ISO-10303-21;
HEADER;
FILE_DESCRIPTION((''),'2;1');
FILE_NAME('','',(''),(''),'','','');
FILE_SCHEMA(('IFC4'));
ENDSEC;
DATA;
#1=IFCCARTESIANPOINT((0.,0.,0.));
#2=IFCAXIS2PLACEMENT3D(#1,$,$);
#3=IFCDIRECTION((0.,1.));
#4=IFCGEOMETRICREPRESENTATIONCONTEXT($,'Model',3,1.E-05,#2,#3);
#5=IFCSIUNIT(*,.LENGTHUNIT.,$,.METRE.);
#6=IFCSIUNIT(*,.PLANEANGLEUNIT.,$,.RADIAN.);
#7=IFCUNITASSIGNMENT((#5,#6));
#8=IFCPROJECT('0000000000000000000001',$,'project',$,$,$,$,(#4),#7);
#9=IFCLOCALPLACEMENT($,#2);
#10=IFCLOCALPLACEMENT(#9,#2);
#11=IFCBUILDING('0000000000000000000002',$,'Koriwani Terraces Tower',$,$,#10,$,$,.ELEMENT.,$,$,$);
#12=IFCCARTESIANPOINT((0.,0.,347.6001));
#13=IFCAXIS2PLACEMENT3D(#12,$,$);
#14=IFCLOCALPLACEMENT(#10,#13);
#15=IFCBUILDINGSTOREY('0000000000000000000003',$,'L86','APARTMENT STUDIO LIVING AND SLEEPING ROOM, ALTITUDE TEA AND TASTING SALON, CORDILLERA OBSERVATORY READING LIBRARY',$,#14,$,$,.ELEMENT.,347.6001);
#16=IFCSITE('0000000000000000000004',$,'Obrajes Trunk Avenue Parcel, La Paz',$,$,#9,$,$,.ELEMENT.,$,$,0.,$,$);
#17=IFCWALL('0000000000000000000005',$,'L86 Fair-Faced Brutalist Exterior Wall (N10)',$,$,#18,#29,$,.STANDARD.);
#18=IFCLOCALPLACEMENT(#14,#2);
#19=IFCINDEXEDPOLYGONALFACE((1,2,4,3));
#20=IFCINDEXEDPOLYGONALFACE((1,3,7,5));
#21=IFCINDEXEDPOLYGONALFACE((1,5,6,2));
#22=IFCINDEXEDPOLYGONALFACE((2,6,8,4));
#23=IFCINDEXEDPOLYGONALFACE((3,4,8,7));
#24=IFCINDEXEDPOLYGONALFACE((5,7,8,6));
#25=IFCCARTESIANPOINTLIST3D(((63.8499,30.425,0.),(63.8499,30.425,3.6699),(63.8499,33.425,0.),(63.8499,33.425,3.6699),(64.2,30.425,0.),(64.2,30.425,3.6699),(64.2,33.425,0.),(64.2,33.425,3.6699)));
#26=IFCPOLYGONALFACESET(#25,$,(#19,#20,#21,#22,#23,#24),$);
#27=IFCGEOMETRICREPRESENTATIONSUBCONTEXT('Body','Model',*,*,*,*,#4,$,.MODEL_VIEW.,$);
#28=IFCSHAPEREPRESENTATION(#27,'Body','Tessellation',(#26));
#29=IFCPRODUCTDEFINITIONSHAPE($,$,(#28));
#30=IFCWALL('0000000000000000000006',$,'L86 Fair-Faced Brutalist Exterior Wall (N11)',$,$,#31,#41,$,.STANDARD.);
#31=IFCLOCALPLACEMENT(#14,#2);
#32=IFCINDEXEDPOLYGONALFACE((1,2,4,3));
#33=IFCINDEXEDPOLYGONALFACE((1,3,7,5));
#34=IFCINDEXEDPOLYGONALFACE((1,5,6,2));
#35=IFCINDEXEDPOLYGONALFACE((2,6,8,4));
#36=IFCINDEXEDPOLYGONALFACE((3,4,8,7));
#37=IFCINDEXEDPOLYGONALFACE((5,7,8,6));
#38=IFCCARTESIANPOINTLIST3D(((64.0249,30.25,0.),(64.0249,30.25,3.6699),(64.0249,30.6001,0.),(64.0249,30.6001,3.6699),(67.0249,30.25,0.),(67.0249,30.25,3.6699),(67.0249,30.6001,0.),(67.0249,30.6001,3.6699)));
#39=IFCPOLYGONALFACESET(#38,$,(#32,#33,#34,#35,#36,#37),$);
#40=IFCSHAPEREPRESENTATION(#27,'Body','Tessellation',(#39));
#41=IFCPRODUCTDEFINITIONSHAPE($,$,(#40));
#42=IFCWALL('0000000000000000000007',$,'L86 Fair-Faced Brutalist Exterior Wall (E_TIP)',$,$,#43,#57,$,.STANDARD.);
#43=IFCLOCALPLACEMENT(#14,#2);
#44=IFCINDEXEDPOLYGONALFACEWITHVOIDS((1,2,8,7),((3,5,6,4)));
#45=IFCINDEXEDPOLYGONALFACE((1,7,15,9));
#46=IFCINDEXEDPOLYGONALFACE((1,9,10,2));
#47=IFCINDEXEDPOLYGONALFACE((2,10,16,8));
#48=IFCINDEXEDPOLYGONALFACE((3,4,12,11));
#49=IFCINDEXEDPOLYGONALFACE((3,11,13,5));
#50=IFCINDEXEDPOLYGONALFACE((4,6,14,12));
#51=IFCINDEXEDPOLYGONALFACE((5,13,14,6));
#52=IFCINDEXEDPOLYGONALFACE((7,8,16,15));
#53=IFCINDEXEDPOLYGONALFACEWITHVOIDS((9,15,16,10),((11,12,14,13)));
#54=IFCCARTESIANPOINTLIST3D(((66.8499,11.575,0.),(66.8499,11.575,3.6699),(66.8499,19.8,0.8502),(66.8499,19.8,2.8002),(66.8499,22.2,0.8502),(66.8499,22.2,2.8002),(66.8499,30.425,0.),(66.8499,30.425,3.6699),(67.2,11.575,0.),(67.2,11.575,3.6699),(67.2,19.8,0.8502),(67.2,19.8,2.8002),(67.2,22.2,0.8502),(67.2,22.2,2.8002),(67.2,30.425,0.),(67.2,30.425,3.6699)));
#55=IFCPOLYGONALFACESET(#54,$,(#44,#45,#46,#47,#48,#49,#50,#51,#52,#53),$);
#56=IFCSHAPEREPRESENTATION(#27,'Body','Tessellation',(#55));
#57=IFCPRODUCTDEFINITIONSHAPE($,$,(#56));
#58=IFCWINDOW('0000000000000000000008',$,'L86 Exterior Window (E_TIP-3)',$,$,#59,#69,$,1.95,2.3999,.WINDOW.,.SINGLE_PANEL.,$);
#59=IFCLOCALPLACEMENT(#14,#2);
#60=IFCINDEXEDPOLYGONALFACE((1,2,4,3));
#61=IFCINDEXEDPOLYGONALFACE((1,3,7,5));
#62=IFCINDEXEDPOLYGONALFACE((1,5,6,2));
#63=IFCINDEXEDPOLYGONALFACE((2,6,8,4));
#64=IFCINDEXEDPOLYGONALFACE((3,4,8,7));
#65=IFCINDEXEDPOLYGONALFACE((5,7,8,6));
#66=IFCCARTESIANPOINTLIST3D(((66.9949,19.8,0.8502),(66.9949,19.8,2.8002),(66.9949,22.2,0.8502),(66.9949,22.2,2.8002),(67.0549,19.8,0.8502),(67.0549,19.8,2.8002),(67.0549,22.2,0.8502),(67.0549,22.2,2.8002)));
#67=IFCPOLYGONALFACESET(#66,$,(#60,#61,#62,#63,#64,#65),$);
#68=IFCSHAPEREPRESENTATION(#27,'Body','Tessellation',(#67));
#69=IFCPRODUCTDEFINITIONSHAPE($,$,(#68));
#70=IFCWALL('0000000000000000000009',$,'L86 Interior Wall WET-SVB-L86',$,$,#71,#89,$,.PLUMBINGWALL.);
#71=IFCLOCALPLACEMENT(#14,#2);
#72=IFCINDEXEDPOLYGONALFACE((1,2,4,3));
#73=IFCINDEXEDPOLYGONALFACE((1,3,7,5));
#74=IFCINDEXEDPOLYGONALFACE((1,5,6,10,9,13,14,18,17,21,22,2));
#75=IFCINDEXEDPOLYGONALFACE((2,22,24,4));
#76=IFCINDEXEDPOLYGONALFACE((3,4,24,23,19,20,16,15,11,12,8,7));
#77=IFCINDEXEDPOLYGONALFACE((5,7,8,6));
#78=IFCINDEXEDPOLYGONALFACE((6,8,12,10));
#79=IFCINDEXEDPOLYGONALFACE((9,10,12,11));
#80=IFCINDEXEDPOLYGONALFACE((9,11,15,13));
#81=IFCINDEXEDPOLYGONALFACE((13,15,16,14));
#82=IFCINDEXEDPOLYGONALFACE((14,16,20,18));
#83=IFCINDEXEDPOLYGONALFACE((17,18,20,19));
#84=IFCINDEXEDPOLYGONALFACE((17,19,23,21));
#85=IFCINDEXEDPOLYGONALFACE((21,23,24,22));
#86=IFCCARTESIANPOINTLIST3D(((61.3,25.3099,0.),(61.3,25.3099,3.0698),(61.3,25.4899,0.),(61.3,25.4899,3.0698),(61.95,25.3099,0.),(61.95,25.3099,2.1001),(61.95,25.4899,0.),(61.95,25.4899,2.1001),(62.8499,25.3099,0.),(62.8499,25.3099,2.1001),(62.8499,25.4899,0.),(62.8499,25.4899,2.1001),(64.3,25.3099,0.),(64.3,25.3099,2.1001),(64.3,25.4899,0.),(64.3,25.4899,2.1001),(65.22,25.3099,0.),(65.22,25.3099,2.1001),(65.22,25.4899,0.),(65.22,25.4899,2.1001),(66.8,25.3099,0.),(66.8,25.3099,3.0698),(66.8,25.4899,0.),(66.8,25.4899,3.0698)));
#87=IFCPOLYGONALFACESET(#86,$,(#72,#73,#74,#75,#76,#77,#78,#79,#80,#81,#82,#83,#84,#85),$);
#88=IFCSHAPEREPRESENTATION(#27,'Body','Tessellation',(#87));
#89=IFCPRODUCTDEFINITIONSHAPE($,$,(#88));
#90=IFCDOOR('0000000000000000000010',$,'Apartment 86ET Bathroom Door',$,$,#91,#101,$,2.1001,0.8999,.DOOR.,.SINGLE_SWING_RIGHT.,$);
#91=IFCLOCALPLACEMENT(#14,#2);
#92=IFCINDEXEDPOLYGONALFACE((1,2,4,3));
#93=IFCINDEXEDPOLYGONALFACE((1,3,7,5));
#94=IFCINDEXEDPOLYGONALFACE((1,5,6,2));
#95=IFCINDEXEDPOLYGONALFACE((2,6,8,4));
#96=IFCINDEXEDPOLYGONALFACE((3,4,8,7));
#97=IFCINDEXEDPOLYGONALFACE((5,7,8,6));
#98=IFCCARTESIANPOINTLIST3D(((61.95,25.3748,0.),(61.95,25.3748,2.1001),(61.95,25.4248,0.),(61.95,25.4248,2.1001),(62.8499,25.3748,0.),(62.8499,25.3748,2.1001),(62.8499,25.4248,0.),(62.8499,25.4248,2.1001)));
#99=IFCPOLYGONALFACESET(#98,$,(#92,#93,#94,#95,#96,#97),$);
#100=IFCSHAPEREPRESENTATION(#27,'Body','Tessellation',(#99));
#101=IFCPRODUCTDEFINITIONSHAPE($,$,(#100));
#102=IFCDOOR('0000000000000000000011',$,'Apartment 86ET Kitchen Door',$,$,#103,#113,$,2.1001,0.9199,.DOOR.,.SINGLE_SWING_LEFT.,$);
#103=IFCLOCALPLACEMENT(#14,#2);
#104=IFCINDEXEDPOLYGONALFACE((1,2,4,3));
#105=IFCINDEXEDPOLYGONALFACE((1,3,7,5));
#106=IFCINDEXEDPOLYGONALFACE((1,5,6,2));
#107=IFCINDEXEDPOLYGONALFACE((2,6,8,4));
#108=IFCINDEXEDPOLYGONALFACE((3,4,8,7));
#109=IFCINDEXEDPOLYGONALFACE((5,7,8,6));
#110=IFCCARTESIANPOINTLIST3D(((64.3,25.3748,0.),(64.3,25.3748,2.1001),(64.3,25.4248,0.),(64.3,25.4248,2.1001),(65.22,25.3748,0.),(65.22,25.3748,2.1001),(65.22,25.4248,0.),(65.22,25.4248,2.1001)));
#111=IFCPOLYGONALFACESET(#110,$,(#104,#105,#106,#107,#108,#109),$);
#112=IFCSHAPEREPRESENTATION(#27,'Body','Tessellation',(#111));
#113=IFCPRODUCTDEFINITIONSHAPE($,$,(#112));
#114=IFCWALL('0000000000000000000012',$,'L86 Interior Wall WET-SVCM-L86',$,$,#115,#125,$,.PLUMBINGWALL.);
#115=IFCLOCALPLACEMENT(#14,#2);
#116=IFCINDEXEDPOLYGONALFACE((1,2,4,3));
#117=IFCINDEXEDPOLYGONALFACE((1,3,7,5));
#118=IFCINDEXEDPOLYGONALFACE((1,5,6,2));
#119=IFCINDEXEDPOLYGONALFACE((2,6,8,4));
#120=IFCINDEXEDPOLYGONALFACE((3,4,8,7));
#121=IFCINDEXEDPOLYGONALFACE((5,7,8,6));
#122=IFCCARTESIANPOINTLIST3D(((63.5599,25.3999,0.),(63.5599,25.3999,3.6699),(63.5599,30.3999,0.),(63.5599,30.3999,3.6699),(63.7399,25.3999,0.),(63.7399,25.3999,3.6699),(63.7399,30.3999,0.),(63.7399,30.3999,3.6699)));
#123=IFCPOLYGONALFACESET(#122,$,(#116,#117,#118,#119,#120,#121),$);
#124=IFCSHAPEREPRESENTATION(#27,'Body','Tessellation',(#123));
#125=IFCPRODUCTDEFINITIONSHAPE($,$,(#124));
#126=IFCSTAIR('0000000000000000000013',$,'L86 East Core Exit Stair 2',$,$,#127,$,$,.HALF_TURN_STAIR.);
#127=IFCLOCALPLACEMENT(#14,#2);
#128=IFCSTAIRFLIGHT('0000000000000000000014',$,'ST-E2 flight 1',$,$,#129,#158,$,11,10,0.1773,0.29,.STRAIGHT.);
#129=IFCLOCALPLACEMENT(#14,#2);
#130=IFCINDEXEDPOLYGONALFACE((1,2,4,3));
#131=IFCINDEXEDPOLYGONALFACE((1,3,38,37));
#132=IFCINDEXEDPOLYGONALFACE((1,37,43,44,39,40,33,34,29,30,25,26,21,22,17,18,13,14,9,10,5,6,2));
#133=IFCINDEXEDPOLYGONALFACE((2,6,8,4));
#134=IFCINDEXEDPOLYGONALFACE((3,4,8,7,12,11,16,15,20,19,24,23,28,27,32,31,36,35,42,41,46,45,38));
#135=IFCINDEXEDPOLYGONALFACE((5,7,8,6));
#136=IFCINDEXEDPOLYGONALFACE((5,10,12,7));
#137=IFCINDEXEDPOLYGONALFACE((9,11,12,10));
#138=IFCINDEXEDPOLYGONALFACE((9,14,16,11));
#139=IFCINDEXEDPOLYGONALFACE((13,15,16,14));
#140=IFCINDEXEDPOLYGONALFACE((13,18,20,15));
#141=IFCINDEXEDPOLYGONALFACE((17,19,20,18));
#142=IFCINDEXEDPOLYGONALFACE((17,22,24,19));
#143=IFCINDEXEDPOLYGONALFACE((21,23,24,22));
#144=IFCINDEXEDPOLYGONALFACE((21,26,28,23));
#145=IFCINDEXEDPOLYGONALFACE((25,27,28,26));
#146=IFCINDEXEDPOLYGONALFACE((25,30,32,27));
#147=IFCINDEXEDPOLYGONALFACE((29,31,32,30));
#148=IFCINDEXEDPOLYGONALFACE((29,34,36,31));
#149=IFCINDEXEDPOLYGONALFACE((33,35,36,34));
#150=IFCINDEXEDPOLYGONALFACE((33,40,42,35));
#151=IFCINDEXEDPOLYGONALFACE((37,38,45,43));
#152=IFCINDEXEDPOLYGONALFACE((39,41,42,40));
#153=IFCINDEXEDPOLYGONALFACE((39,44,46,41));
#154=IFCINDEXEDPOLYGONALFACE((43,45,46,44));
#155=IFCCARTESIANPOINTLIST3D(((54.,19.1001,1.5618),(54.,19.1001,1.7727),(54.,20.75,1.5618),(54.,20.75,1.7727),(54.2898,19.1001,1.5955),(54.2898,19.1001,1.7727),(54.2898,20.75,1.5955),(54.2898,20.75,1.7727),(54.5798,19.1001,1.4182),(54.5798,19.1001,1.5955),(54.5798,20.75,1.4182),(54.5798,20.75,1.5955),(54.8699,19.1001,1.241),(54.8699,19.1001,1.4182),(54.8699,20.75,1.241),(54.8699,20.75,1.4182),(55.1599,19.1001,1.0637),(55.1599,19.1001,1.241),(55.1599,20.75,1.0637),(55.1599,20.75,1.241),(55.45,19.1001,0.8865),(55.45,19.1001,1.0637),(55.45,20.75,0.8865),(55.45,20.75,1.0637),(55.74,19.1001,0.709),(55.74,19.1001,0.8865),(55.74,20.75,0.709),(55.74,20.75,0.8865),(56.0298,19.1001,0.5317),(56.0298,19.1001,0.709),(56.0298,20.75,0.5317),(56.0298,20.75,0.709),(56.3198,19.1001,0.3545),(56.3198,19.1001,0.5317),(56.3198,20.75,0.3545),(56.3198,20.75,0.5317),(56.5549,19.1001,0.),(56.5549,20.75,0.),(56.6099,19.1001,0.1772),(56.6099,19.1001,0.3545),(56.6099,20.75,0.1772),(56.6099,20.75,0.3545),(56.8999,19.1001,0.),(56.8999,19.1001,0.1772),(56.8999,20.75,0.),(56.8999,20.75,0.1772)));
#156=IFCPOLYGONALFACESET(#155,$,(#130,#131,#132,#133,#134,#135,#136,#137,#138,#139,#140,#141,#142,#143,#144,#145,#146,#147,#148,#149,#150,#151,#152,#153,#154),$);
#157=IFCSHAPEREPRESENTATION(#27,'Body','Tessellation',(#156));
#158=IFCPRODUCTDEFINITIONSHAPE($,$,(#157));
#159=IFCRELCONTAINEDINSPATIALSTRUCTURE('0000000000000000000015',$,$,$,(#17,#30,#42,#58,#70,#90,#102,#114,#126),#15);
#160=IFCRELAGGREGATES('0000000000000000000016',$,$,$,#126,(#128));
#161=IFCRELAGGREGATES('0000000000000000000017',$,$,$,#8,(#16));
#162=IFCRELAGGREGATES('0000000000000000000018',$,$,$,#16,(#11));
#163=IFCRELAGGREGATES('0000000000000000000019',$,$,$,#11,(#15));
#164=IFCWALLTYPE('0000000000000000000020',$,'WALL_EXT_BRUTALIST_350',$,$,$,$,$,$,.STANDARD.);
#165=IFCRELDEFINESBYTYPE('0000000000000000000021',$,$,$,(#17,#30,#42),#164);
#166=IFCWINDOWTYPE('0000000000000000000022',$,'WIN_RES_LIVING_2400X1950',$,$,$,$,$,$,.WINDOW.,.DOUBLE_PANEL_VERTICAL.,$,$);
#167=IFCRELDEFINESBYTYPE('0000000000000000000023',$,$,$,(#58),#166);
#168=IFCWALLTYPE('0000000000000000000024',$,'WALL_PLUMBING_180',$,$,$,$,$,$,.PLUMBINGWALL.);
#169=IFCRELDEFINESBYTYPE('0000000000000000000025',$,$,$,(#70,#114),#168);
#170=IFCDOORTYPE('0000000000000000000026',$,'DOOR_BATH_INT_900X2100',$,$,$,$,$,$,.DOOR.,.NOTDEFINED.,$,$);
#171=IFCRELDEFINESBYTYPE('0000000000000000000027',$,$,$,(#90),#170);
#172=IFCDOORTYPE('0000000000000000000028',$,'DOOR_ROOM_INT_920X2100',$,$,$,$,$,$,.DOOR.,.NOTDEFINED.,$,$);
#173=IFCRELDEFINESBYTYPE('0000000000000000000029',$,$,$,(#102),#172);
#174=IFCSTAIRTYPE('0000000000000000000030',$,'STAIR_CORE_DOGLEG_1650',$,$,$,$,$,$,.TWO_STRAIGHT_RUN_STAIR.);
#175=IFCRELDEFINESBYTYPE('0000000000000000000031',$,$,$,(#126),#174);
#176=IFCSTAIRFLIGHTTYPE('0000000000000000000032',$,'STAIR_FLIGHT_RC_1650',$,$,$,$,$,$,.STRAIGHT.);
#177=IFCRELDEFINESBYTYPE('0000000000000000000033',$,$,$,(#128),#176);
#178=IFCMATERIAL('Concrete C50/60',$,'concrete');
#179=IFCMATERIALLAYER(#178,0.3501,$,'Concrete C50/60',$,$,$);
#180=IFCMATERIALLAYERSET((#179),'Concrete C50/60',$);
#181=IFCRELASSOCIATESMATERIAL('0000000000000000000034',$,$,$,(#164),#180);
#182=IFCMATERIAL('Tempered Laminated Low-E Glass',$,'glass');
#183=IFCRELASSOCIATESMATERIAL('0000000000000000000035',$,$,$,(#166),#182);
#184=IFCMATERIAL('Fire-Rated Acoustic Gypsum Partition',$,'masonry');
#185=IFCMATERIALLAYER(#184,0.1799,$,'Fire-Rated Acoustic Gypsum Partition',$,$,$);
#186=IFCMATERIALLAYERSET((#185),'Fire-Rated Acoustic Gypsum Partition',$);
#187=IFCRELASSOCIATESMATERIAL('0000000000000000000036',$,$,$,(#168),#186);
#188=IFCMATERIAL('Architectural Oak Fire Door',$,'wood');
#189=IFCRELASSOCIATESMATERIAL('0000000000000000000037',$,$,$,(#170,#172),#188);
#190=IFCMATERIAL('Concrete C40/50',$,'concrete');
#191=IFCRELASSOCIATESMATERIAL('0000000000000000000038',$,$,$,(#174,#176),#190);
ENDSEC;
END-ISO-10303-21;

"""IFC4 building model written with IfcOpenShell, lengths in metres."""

from ifc_helpers import new_model, si_unit, direction, frame, frame_2d, origin, place, context, subcontext, project, spatial, polyline, rectangle, outline, extrude, material, layer, layer_set, type_object, element, fill, aggregate, save


model = new_model("IFC4")

# Units and contexts
model_context = context("Model", 3, precision=1e-05, world=origin(), true_north=direction((0.0, 1.0)))
body_context = subcontext(model_context, "Body", "Model", "MODEL_VIEW")
ifc_project = project(units=[si_unit("LENGTHUNIT", "METRE"), si_unit("PLANEANGLEUNIT", "RADIAN")], contexts=[model_context])

# Site, building, storey
site_placement = place(None, origin())
site = spatial("IfcSite", under=ifc_project, at=site_placement, Name="Obrajes Trunk Avenue Parcel, La Paz", CompositionType="ELEMENT", RefElevation=0.0)
building_placement = place(site_placement, origin())
building = spatial("IfcBuilding", under=site, at=building_placement, Name="Koriwani Terraces Tower", CompositionType="ELEMENT")
storey_placement = place(building_placement, frame((0.0, 0.0, 347.6001)))
storey = spatial("IfcBuildingStorey", under=building, at=storey_placement, Name="L86", Description="APARTMENT STUDIO LIVING AND SLEEPING ROOM, ALTITUDE TEA AND TASTING SALON, CORDILLERA OBSERVATORY READING LIBRARY", CompositionType="ELEMENT", Elevation=347.6001)

# Shared definitions
ifc_material_1 = material(Name="Concrete C50/60", Category="concrete")

# Shared definitions
ifc_material_2 = material(Name="Concrete C40/50", Category="concrete")

# Walls
ifc_layer_1 = layer(ifc_material_1, 0.3501, Name="Concrete C50/60")
ifc_layer_set_1 = layer_set([ifc_layer_1], Name="Concrete C50/60")
wall_type_1 = type_object("IfcWallType", Name="WALL_EXT_BRUTALIST_350", PredefinedType="STANDARD", material=ifc_layer_set_1)
for number, where, z_axis, x_axis, name in (
    (1, (64.0249, 33.425, 0.0), (0.0, 0.0, 1.0), (0.0, -1.0, 0.0), "L86 Fair-Faced Brutalist Exterior Wall (N10)"),
    (2, (64.0249, 30.425, 0.0), (0.0, 0.0, 1.0), (1.0, 0.0, 0.0), "L86 Fair-Faced Brutalist Exterior Wall (N11)"),
):
    element("IfcWall", number, at=place(storey_placement, frame(where, z_axis=z_axis, x_axis=x_axis)), inside=storey, type_object=wall_type_1, Name=name, PredefinedType="STANDARD", context=body_context, shape_type="SweptSolid", body=[
        extrude(rectangle(XDim=3.0, YDim=0.3501, at=frame_2d((1.5, 0.0))), origin(), (0.0, 0.0, 1.0), 3.6699),
    ])

# Wall, opening, window
wall_1_placement = place(storey_placement, frame((67.0249, 30.425, 0.0), z_axis=(0.0, 0.0, 1.0), x_axis=(0.0, -1.0, 0.0)))
wall_1 = element("IfcWall", 3, at=wall_1_placement, inside=storey, type_object=wall_type_1, Name="L86 Fair-Faced Brutalist Exterior Wall (E_TIP)", PredefinedType="STANDARD", context=body_context, shape_type="SweptSolid", body=[
    extrude(rectangle(XDim=18.8501, YDim=0.3501, at=frame_2d((9.425, 0.0))), origin(), (0.0, 0.0, 1.0), 3.6699),
])
opening_1_placement = place(wall_1_placement, frame((8.2251, 0.0, 0.8501)))
opening_1 = element("IfcOpeningElement", 4, at=opening_1_placement, cuts=wall_1, PredefinedType="OPENING", context=body_context, shape_type="SweptSolid", body=[
    extrude(rectangle(XDim=2.3999, YDim=1.95, at=frame_2d((1.2, 0.9751))), frame((0.0, 0.1851, 0.0), z_axis=(0.0, -1.0, 0.0), x_axis=(1.0, 0.0, 0.0)), (0.0, 0.0, 1.0), 0.3701),
])
ifc_material_3 = material(Name="Tempered Laminated Low-E Glass", Category="glass")
window_type = type_object("IfcWindowType", Name="WIN_RES_LIVING_2400X1950", PartitioningType="DOUBLE_PANEL_VERTICAL", PredefinedType="WINDOW", material=ifc_material_3)
window_placement = place(opening_1_placement, origin())
window = element("IfcWindow", 5, at=window_placement, inside=storey, type_object=window_type, Name="L86 Exterior Window (E_TIP-3)", OverallHeight=1.95, OverallWidth=2.3999, PartitioningType="SINGLE_PANEL", PredefinedType="WINDOW", context=body_context, shape_type="SweptSolid", body=[
    extrude(rectangle(XDim=2.3999, YDim=1.95, at=frame_2d((1.2, 0.9751))), frame((0.0, 0.03, 0.0), z_axis=(0.0, -1.0, 0.0), x_axis=(1.0, 0.0, 0.0)), (0.0, 0.0, 1.0), 0.0601),
])
fill(opening_1, window)

# Wall, openings, doors
ifc_material_4 = material(Name="Fire-Rated Acoustic Gypsum Partition", Category="masonry")
ifc_layer_2 = layer(ifc_material_4, 0.1799, Name="Fire-Rated Acoustic Gypsum Partition")
ifc_layer_set_2 = layer_set([ifc_layer_2], Name="Fire-Rated Acoustic Gypsum Partition")
wall_type_2 = type_object("IfcWallType", Name="WALL_PLUMBING_180", PredefinedType="PLUMBINGWALL", material=ifc_layer_set_2)
wall_2_placement = place(storey_placement, frame((61.3, 25.3999, 0.0), z_axis=(0.0, 0.0, 1.0), x_axis=(1.0, 0.0, 0.0)))
wall_2 = element("IfcWall", 6, at=wall_2_placement, inside=storey, type_object=wall_type_2, Name="L86 Interior Wall WET-SVB-L86", PredefinedType="PLUMBINGWALL", context=body_context, shape_type="SweptSolid", body=[
    extrude(rectangle(XDim=5.5, YDim=0.1799, at=frame_2d((2.75, 0.0))), origin(), (0.0, 0.0, 1.0), 3.0698),
])
opening_2_placement = place(wall_2_placement, frame((0.6499, 0.0, 0.0)))
opening_2 = element("IfcOpeningElement", 7, at=opening_2_placement, cuts=wall_2, PredefinedType="OPENING", context=body_context, shape_type="SweptSolid", body=[
    extrude(rectangle(XDim=0.8999, YDim=2.1001, at=frame_2d((0.45, 1.05))), frame((0.0, 0.1001, 0.0), z_axis=(0.0, -1.0, 0.0), x_axis=(1.0, 0.0, 0.0)), (0.0, 0.0, 1.0), 0.2),
])
opening_3_placement = place(wall_2_placement, frame((3.0, 0.0, 0.0)))
opening_3 = element("IfcOpeningElement", 8, at=opening_3_placement, cuts=wall_2, PredefinedType="OPENING", context=body_context, shape_type="SweptSolid", body=[
    extrude(rectangle(XDim=0.9199, YDim=2.1001, at=frame_2d((0.46, 1.05))), frame((0.0, 0.1001, 0.0), z_axis=(0.0, -1.0, 0.0), x_axis=(1.0, 0.0, 0.0)), (0.0, 0.0, 1.0), 0.2),
])
ifc_material_5 = material(Name="Architectural Oak Fire Door", Category="wood")
door_type_1 = type_object("IfcDoorType", Name="DOOR_BATH_INT_900X2100", OperationType="NOTDEFINED", PredefinedType="DOOR", material=ifc_material_5)
door_1_placement = place(opening_2_placement, origin())
door_1 = element("IfcDoor", 9, at=door_1_placement, inside=storey, type_object=door_type_1, Name="Apartment 86ET Bathroom Door", OperationType="SINGLE_SWING_RIGHT", OverallHeight=2.1001, OverallWidth=0.8999, PredefinedType="DOOR", context=body_context, shape_type="SweptSolid", body=[
    extrude(rectangle(XDim=0.8999, YDim=2.1001, at=frame_2d((0.45, 1.05))), frame((0.0, 0.0249, 0.0), z_axis=(0.0, -1.0, 0.0), x_axis=(1.0, 0.0, 0.0)), (0.0, 0.0, 1.0), 0.05),
])
fill(opening_2, door_1)
door_type_2 = type_object("IfcDoorType", Name="DOOR_ROOM_INT_920X2100", OperationType="NOTDEFINED", PredefinedType="DOOR", material=ifc_material_5)
door_2_placement = place(opening_3_placement, origin())
door_2 = element("IfcDoor", 10, at=door_2_placement, inside=storey, type_object=door_type_2, Name="Apartment 86ET Kitchen Door", OperationType="SINGLE_SWING_LEFT", OverallHeight=2.1001, OverallWidth=0.9199, PredefinedType="DOOR", context=body_context, shape_type="SweptSolid", body=[
    extrude(rectangle(XDim=0.9199, YDim=2.1001, at=frame_2d((0.46, 1.05))), frame((0.0, 0.0249, 0.0), z_axis=(0.0, -1.0, 0.0), x_axis=(1.0, 0.0, 0.0)), (0.0, 0.0, 1.0), 0.05),
])
fill(opening_3, door_2)

# Wall
wall_3_placement = place(storey_placement, frame((63.6499, 25.3999, 0.0), z_axis=(0.0, 0.0, 1.0), x_axis=(0.0, 1.0, 0.0)))
element("IfcWall", 11, at=wall_3_placement, inside=storey, type_object=wall_type_2, Name="L86 Interior Wall WET-SVCM-L86", PredefinedType="PLUMBINGWALL", context=body_context, shape_type="SweptSolid", body=[
    extrude(rectangle(XDim=5.0, YDim=0.1799, at=frame_2d((2.5, 0.0))), origin(), (0.0, 0.0, 1.0), 3.6699),
])

# Stair, stair flight
stair_type = type_object("IfcStairType", Name="STAIR_CORE_DOGLEG_1650", PredefinedType="TWO_STRAIGHT_RUN_STAIR", material=ifc_material_2)
stair_placement = place(storey_placement, origin())
stair = element("IfcStair", 12, at=stair_placement, inside=storey, type_object=stair_type, Name="L86 East Core Exit Stair 2", PredefinedType="HALF_TURN_STAIR")
stair_flight_type = type_object("IfcStairFlightType", Name="STAIR_FLIGHT_RC_1650", PredefinedType="STRAIGHT", material=ifc_material_2)
stair_flight_placement = place(storey_placement, frame((56.8999, 19.925, 0.0), z_axis=(0.0, 0.0, 1.0), x_axis=(-1.0, 0.0, 0.0)))
stair_flight = element("IfcStairFlight", 13, at=stair_flight_placement, type_object=stair_flight_type, Name="ST-E2 flight 1", NumberOfRisers=11, NumberOfTreads=10, PredefinedType="STRAIGHT", RiserHeight=0.1773, TreadLength=0.29, context=body_context, shape_type="SweptSolid", body=[
    extrude(outline(polyline([(0.0, 0.0), (0.0, 0.1772), (0.29, 0.1772), (0.29, 0.3545), (0.5801, 0.3545), (0.5801, 0.5317), (0.8701, 0.5317), (0.8701, 0.709), (1.1599, 0.709), (1.1599, 0.8865), (1.45, 0.8865), (1.45, 1.0637), (1.74, 1.0637), (1.74, 1.241), (2.03, 1.241), (2.03, 1.4182), (2.3201, 1.4182), (2.3201, 1.5955), (2.6101, 1.5955), (2.6101, 1.7727), (2.8999, 1.7727), (2.8999, 1.95), (2.8999, 1.5618), (0.345, 0.0), (0.0, 0.0)])), frame((0.0, 0.825, 0.0), z_axis=(0.0, -1.0, 0.0), x_axis=(1.0, 0.0, 0.0)), (0.0, 0.0, 1.0), 1.6499),
])
aggregate(stair, [stair_flight])

save(model, "model.ifc")
